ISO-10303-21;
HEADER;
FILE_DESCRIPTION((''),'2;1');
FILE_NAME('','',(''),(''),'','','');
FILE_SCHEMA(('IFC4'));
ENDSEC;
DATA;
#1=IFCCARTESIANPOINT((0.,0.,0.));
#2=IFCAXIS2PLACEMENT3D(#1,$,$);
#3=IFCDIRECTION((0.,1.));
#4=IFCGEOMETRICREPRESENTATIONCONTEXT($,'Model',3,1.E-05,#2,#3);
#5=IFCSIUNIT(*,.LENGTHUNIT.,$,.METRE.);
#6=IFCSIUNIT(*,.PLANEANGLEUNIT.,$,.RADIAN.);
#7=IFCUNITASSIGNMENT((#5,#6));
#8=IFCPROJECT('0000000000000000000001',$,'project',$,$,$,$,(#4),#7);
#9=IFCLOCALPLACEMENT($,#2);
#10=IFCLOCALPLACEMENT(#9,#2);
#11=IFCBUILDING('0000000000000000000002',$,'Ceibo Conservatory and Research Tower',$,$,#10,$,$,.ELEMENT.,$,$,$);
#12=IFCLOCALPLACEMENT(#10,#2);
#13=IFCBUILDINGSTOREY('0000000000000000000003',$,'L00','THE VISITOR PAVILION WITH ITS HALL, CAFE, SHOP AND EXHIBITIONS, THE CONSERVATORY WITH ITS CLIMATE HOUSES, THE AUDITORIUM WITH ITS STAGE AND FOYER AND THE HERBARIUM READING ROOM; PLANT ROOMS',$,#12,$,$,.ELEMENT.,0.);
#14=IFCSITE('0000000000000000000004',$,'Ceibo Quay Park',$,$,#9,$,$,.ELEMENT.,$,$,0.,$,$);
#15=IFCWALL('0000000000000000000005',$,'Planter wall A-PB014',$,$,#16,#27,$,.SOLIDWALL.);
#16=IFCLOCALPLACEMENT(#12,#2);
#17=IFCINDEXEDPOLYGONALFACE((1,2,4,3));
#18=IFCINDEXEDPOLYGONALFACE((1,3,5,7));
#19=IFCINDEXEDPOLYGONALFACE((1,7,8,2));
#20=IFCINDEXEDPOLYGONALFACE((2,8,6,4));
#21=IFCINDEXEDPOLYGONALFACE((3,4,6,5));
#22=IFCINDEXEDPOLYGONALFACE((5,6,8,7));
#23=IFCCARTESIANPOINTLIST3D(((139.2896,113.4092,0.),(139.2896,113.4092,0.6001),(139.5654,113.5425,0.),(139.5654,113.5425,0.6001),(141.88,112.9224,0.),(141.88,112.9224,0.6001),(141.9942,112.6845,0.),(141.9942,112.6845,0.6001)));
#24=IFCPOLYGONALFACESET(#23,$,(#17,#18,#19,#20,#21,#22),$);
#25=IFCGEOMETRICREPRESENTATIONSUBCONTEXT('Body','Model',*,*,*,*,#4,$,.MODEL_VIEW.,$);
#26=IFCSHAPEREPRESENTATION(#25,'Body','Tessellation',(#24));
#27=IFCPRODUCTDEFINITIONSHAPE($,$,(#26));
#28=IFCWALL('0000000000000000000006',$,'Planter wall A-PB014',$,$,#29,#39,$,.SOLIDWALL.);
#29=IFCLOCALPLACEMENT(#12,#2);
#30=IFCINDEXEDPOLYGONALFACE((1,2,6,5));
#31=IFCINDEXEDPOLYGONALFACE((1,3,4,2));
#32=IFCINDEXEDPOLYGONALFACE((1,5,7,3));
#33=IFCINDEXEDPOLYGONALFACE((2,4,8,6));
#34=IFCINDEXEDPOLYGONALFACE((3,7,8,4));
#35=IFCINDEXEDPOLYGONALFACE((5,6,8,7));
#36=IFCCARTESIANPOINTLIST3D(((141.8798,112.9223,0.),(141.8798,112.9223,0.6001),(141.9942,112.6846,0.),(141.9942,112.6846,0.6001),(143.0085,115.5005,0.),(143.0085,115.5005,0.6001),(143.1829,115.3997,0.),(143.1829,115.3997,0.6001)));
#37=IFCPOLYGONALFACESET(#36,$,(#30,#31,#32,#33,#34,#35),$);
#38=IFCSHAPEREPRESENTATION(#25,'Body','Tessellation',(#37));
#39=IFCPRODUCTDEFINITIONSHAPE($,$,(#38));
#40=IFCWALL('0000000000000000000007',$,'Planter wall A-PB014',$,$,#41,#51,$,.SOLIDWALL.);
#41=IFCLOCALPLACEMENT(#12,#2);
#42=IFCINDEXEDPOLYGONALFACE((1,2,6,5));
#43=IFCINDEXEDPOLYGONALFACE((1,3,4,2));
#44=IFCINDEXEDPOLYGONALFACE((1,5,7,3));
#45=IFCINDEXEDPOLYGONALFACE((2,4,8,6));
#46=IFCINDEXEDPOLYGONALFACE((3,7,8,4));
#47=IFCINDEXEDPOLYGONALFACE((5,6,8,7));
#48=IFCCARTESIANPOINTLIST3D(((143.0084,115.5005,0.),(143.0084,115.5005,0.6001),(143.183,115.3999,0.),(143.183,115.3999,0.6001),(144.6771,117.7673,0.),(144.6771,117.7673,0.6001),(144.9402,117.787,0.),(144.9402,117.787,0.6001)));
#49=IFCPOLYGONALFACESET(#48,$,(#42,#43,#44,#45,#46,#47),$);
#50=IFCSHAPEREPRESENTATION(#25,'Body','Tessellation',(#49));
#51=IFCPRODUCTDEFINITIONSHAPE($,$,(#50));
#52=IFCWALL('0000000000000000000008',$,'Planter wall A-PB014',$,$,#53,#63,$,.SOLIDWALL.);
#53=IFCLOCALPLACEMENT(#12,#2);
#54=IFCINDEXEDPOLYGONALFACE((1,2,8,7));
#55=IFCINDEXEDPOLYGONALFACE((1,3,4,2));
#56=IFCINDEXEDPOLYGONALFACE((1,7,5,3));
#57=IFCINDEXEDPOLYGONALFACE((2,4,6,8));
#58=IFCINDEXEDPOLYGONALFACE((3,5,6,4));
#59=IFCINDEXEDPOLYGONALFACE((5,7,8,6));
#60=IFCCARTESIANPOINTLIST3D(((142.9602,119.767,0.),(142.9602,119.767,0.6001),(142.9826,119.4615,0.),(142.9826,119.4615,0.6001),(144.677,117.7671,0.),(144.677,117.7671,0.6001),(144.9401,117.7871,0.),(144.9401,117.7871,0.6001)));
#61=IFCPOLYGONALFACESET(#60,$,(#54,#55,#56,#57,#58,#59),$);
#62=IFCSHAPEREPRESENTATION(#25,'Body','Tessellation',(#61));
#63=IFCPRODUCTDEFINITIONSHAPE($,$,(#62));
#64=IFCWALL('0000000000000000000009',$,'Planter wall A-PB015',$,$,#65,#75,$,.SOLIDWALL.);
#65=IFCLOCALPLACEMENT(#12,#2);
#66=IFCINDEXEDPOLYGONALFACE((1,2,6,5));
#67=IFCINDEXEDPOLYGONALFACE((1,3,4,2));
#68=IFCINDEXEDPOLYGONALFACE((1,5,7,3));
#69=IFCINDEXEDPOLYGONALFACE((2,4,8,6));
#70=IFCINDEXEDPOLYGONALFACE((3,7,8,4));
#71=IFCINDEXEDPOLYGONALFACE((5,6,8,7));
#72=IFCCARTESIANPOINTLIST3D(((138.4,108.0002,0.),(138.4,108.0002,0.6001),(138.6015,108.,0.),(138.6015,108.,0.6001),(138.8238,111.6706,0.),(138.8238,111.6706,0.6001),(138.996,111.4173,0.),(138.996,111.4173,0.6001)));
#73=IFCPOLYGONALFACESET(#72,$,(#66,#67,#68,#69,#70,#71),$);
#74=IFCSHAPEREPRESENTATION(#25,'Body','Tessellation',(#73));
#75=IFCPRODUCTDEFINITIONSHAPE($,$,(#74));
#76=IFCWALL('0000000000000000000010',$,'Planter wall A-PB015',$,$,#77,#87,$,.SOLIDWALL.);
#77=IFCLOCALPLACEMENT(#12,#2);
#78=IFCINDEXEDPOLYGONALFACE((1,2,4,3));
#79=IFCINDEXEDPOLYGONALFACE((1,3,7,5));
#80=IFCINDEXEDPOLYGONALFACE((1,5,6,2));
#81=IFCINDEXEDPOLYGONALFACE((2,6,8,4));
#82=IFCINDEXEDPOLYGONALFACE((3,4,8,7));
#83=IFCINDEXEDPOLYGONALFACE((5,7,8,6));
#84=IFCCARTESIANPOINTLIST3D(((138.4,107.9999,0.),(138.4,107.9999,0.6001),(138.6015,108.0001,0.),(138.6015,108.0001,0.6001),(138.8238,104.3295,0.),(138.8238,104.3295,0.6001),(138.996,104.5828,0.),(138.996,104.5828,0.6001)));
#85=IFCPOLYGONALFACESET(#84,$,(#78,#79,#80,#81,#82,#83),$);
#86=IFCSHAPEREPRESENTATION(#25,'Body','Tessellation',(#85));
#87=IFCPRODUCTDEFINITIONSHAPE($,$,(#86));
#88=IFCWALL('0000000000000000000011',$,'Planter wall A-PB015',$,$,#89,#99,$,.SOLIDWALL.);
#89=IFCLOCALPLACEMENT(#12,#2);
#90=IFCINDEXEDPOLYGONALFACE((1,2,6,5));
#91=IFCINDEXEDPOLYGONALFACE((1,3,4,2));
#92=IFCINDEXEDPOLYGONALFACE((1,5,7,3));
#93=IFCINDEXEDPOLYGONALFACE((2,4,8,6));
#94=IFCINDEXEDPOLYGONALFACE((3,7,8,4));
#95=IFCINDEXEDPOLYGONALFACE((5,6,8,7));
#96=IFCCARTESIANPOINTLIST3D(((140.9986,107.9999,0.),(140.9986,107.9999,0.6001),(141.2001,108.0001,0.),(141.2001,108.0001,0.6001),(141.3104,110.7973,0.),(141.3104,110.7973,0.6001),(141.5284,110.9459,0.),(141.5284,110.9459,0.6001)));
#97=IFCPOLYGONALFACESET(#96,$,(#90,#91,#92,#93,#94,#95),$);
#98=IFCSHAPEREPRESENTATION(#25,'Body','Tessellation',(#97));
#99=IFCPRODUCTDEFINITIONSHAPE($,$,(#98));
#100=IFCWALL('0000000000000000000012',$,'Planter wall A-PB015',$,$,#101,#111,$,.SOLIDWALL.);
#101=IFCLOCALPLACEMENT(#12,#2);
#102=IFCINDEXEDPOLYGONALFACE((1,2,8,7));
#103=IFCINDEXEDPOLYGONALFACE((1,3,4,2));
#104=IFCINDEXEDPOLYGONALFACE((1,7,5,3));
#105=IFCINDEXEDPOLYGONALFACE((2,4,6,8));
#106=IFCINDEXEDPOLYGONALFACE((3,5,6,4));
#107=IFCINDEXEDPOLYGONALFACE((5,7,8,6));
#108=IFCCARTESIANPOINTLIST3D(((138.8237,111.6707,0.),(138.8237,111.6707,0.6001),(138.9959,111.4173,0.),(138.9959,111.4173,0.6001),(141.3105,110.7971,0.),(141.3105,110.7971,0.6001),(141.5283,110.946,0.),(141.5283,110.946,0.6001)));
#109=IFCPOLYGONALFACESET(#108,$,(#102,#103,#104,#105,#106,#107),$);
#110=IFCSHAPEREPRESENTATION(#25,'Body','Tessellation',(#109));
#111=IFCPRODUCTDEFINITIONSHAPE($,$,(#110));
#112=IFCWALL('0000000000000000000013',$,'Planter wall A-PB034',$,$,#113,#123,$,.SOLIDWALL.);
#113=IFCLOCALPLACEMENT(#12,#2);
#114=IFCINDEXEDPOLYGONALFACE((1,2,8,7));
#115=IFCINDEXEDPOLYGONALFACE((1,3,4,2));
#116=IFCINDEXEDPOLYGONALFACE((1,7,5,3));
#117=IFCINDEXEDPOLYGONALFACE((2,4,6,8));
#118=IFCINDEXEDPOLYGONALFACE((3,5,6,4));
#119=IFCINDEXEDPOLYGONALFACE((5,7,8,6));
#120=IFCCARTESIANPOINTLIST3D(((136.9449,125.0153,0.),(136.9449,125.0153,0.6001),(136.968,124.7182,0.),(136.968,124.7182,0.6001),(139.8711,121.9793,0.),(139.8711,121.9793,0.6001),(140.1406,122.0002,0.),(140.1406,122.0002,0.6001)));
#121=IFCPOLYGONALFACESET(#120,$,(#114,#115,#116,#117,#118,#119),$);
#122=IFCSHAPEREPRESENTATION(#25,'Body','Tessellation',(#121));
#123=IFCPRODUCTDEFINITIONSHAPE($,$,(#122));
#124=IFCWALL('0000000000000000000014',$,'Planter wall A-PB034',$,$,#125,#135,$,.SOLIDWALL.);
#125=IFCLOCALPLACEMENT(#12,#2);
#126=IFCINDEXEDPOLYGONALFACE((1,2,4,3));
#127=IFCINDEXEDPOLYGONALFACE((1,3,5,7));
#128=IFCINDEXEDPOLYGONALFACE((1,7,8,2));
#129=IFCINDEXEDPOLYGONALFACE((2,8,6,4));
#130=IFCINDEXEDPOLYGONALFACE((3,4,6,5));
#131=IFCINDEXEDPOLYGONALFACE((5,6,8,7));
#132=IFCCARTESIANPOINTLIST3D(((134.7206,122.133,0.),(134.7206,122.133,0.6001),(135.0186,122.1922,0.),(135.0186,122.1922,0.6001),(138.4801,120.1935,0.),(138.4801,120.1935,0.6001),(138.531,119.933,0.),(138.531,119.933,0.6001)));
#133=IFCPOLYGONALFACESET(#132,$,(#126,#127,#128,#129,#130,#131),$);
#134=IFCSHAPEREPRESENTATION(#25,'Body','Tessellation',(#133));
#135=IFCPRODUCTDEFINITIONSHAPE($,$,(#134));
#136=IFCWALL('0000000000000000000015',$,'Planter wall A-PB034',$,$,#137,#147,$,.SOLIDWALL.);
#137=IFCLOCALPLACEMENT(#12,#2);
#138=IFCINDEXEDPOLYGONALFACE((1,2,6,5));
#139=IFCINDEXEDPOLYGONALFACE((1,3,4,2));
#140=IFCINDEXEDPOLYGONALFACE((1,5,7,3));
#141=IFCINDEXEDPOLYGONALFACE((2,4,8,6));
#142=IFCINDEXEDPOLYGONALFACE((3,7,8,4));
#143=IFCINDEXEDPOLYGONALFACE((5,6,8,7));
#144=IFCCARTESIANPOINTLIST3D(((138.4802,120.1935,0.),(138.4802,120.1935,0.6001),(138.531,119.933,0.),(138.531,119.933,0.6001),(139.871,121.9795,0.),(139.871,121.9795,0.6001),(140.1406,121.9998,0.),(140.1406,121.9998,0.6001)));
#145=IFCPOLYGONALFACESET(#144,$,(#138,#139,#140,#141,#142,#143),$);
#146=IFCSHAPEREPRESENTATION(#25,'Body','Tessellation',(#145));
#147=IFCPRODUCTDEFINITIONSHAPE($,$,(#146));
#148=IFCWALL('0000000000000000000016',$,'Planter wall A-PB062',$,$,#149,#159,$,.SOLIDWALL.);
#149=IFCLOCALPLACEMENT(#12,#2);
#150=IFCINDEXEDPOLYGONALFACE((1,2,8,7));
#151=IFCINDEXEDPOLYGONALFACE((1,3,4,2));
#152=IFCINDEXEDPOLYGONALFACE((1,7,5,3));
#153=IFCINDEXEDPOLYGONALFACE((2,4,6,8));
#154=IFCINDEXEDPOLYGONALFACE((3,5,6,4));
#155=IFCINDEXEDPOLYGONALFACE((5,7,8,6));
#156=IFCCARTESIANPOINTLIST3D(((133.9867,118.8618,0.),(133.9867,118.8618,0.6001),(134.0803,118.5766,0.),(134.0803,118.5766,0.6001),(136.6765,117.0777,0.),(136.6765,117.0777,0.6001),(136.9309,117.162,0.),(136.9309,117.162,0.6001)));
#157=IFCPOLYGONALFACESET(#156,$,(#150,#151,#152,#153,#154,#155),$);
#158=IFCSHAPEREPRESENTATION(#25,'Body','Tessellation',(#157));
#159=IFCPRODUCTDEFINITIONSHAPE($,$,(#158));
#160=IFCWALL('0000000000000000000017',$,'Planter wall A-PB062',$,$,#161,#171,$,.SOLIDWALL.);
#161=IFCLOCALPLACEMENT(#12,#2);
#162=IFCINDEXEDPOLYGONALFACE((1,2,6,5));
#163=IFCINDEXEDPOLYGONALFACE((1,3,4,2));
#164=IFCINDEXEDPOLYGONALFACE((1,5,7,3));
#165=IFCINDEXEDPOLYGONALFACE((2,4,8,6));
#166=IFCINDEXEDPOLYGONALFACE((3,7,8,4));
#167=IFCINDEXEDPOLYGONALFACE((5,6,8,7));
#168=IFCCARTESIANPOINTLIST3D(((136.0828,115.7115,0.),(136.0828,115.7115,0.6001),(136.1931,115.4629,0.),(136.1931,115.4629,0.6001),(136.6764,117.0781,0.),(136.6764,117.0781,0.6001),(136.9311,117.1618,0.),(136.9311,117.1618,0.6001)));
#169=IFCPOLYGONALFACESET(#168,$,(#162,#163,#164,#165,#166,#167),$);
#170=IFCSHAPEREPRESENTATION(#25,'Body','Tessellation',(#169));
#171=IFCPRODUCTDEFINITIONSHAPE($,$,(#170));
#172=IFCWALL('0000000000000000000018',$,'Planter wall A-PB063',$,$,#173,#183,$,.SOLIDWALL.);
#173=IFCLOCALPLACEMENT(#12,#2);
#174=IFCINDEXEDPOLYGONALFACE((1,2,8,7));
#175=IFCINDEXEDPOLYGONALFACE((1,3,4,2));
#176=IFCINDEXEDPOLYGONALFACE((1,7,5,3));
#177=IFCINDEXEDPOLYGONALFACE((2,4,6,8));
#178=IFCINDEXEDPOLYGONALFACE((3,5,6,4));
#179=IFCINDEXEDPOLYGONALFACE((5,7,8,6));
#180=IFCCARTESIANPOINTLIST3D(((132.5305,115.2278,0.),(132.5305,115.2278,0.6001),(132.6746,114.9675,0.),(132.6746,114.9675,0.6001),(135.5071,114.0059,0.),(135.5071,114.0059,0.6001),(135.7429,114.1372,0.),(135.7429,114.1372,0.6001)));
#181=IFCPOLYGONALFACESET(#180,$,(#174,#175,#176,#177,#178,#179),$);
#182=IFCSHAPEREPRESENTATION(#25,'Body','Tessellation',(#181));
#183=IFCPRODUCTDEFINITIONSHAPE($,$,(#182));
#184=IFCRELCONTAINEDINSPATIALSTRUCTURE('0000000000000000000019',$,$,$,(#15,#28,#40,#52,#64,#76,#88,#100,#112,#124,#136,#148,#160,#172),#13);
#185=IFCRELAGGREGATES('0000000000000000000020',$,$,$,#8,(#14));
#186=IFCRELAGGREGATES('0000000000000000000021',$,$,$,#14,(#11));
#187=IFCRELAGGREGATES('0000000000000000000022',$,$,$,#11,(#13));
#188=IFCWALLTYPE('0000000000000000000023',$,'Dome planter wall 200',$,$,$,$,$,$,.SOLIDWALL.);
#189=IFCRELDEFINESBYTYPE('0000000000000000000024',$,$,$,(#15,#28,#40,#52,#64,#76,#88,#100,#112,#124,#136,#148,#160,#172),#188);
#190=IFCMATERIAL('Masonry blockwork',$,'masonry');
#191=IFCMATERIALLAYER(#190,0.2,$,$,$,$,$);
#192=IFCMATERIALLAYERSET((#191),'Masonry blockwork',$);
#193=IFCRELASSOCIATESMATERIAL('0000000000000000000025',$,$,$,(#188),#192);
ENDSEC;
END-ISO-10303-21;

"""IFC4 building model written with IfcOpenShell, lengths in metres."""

from ifc_helpers import new_model, si_unit, direction, frame, origin, place, context, subcontext, project, spatial, polyline, outline, extrude, material, layer, layer_set, type_object, element, save


model = new_model("IFC4")

# Units and contexts
model_context = context("Model", 3, precision=1e-05, world=origin(), true_north=direction((0.0, 1.0)))
body_context = subcontext(model_context, "Body", "Model", "MODEL_VIEW")
ifc_project = project(units=[si_unit("LENGTHUNIT", "METRE"), si_unit("PLANEANGLEUNIT", "RADIAN")], contexts=[model_context])

# Site, building, storey
site_placement = place(None, origin())
site = spatial("IfcSite", under=ifc_project, at=site_placement, Name="Ceibo Quay Park", CompositionType="ELEMENT", RefElevation=0.0)
building_placement = place(site_placement, origin())
building = spatial("IfcBuilding", under=site, at=building_placement, Name="Ceibo Conservatory and Research Tower", CompositionType="ELEMENT")
storey_placement = place(building_placement, origin())
storey = spatial("IfcBuildingStorey", under=building, at=storey_placement, Name="L00", Description="THE VISITOR PAVILION WITH ITS HALL, CAFE, SHOP AND EXHIBITIONS, THE CONSERVATORY WITH ITS CLIMATE HOUSES, THE AUDITORIUM WITH ITS STAGE AND FOYER AND THE HERBARIUM READING ROOM; PLANT ROOMS", CompositionType="ELEMENT", Elevation=0.0)

# Walls
ifc_material_1 = material(Name="Masonry blockwork", Category="masonry")
ifc_layer_1 = layer(ifc_material_1, 0.2)
ifc_layer_set_1 = layer_set([ifc_layer_1], Name="Masonry blockwork")
wall_type_1 = type_object("IfcWallType", Name="Dome planter wall 200", PredefinedType="SOLIDWALL", material=ifc_layer_set_1)
wall_1_placement = place(storey_placement, frame((139.4275, 113.4758, 0.0), z_axis=(0.0, 0.0, 1.0), x_axis=(0.965932, -0.258797, 0.0)))
element("IfcWall", 1, at=wall_1_placement, inside=storey, type_object=wall_type_1, Name="Planter wall A-PB014", PredefinedType="SOLIDWALL", context=body_context, shape_type="SweptSolid", body=[
    extrude(outline(polyline([(-0.116, -0.1001), (2.6841, -0.1001), (2.5122, 0.1001), (0.116, 0.1001), (-0.116, -0.1001)])), origin(), (0.0, 0.0, 1.0), 0.6001),
])
wall_2_placement = place(storey_placement, frame((141.937, 112.8035, 0.0), z_axis=(0.0, 0.0, 1.0), x_axis=(0.401036, 0.916062, 0.0)))
element("IfcWall", 2, at=wall_2_placement, inside=storey, type_object=wall_type_1, Name="Planter wall A-PB014", PredefinedType="SOLIDWALL", context=body_context, shape_type="SweptSolid", body=[
    extrude(outline(polyline([(-0.0859, -0.1001), (2.8779, -0.1001), (2.9004, 0.1001), (0.0859, 0.1001), (-0.0859, -0.1001)])), origin(), (0.0, 0.0, 1.0), 0.6001),
])
wall_3_placement = place(storey_placement, frame((143.0957, 115.4502, 0.0), z_axis=(0.0, 0.0, 1.0), x_axis=(0.592824, 0.805332, 0.0)))
element("IfcWall", 3, at=wall_3_placement, inside=storey, type_object=wall_type_1, Name="Planter wall A-PB014", PredefinedType="SOLIDWALL", context=body_context, shape_type="SweptSolid", body=[
    extrude(outline(polyline([(0.0112, -0.1001), (2.9753, -0.1001), (2.8035, 0.1001), (-0.0112, 0.1001), (0.0112, -0.1001)])), origin(), (0.0, 0.0, 1.0), 0.6001),
])
wall_4_placement = place(storey_placement, frame((144.8086, 117.7771, 0.0), z_axis=(0.0, 0.0, 1.0), x_axis=(-0.707107, 0.707107, 0.0)))
element("IfcWall", 4, at=wall_4_placement, inside=storey, type_object=wall_type_1, Name="Planter wall A-PB014", PredefinedType="SOLIDWALL", context=body_context, shape_type="SweptSolid", body=[
    extrude(outline(polyline([(-0.0859, -0.1001), (2.7141, -0.1001), (2.4822, 0.1001), (0.0859, 0.1001), (-0.0859, -0.1001)])), origin(), (0.0, 0.0, 1.0), 0.6001),
])
wall_5_placement = place(storey_placement, frame((138.9099, 111.5439, 0.0), z_axis=(0.0, 0.0, 1.0), x_axis=(-0.114697, -0.993401, 0.0)))
element("IfcWall", 5, at=wall_5_placement, inside=storey, type_object=wall_type_1, Name="Planter wall A-PB015", PredefinedType="SOLIDWALL", context=body_context, shape_type="SweptSolid", body=[
    extrude(outline(polyline([(-0.116, -0.1001), (3.5789, -0.1001), (3.5559, 0.1001), (0.116, 0.1001), (-0.116, -0.1001)])), origin(), (0.0, 0.0, 1.0), 0.6001),
])
wall_6_placement = place(storey_placement, frame((138.5007, 108.0, 0.0), z_axis=(0.0, 0.0, 1.0), x_axis=(0.114697, -0.993401, 0.0)))
element("IfcWall", 6, at=wall_6_placement, inside=storey, type_object=wall_type_1, Name="Planter wall A-PB015", PredefinedType="SOLIDWALL", context=body_context, shape_type="SweptSolid", body=[
    extrude(outline(polyline([(-0.0115, -0.1001), (3.6833, -0.1001), (3.4514, 0.1001), (0.0115, 0.1001), (-0.0115, -0.1001)])), origin(), (0.0, 0.0, 1.0), 0.6001),
])
wall_7_placement = place(storey_placement, frame((141.0994, 108.0, 0.0), z_axis=(0.0, 0.0, 1.0), x_axis=(0.110775, 0.993846, 0.0)))
element("IfcWall", 7, at=wall_7_placement, inside=storey, type_object=wall_type_1, Name="Planter wall A-PB015", PredefinedType="SOLIDWALL", context=body_context, shape_type="SweptSolid", body=[
    extrude(outline(polyline([(0.0112, -0.1001), (2.9753, -0.1001), (2.8035, 0.1001), (-0.0112, 0.1001), (0.0112, -0.1001)])), origin(), (0.0, 0.0, 1.0), 0.6001),
])
wall_8_placement = place(storey_placement, frame((141.4194, 110.8716, 0.0), z_axis=(0.0, 0.0, 1.0), x_axis=(-0.965932, 0.258797, 0.0)))
element("IfcWall", 8, at=wall_8_placement, inside=storey, type_object=wall_type_1, Name="Planter wall A-PB015", PredefinedType="SOLIDWALL", context=body_context, shape_type="SweptSolid", body=[
    extrude(outline(polyline([(-0.0859, -0.1001), (2.7141, -0.1001), (2.4822, 0.1001), (0.0859, 0.1001), (-0.0859, -0.1001)])), origin(), (0.0, 0.0, 1.0), 0.6001),
])
wall_9_placement = place(storey_placement, frame((140.0059, 121.9897, 0.0), z_axis=(0.0, 0.0, 1.0), x_axis=(-0.727365, 0.686251, 0.0)))
element("IfcWall", 9, at=wall_9_placement, inside=storey, type_object=wall_type_1, Name="Planter wall A-PB034", PredefinedType="SOLIDWALL", context=body_context, shape_type="SweptSolid", body=[
    extrude(outline(polyline([(-0.0908, -0.1001), (4.3027, -0.1001), (4.082, 0.1001), (0.0908, 0.1001), (-0.0908, -0.1001)])), origin(), (0.0, 0.0, 1.0), 0.6001),
])
wall_10_placement = place(storey_placement, frame((134.8696, 122.1626, 0.0), z_axis=(0.0, 0.0, 1.0), x_axis=(0.866012, -0.500023, 0.0)))
element("IfcWall", 10, at=wall_10_placement, inside=storey, type_object=wall_type_1, Name="Planter wall A-PB034", PredefinedType="SOLIDWALL", context=body_context, shape_type="SweptSolid", body=[
    extrude(outline(polyline([(-0.1143, -0.1001), (4.2856, -0.1001), (4.1113, 0.1001), (0.1143, 0.1001), (-0.1143, -0.1001)])), origin(), (0.0, 0.0, 1.0), 0.6001),
])
wall_11_placement = place(storey_placement, frame((138.5056, 120.0632, 0.0), z_axis=(0.0, 0.0, 1.0), x_axis=(0.614411, 0.788986, 0.0)))
element("IfcWall", 11, at=wall_11_placement, inside=storey, type_object=wall_type_1, Name="Planter wall A-PB034", PredefinedType="SOLIDWALL", context=body_context, shape_type="SweptSolid", body=[
    extrude(outline(polyline([(-0.0872, -0.1001), (2.5325, -0.1001), (2.3508, 0.1001), (0.0872, 0.1001), (-0.0872, -0.1001)])), origin(), (0.0, 0.0, 1.0), 0.6001),
])
wall_12_placement = place(storey_placement, frame((136.8037, 117.1199, 0.0), z_axis=(0.0, 0.0, 1.0), x_axis=(-0.866032, 0.499989, 0.0)))
element("IfcWall", 12, at=wall_12_placement, inside=storey, type_object=wall_type_1, Name="Planter wall A-PB062", PredefinedType="SOLIDWALL", context=body_context, shape_type="SweptSolid", body=[
    extrude(outline(polyline([(-0.0891, -0.1001), (3.3105, -0.1001), (3.0869, 0.1001), (0.0891, 0.1001), (-0.0891, -0.1001)])), origin(), (0.0, 0.0, 1.0), 0.6001),
])
wall_13_placement = place(storey_placement, frame((136.1379, 115.5872, 0.0), z_axis=(0.0, 0.0, 1.0), x_axis=(0.398411, 0.917207, 0.0)))
element("IfcWall", 13, at=wall_13_placement, inside=storey, type_object=wall_type_1, Name="Planter wall A-PB062", PredefinedType="SOLIDWALL", context=body_context, shape_type="SweptSolid", body=[
    extrude(outline(polyline([(-0.092, -0.1001), (1.7603, -0.1001), (1.582, 0.1001), (0.092, 0.1001), (-0.092, -0.1001)])), origin(), (0.0, 0.0, 1.0), 0.6001),
])
wall_14_placement = place(storey_placement, frame((135.625, 114.0715, 0.0), z_axis=(0.0, 0.0, 1.0), x_axis=(-0.946917, 0.321478, 0.0)))
element("IfcWall", 14, at=wall_14_placement, inside=storey, type_object=wall_type_1, Name="Planter wall A-PB063", PredefinedType="SOLIDWALL", context=body_context, shape_type="SweptSolid", body=[
    extrude(outline(polyline([(-0.0906, -0.1001), (3.302, -0.1001), (3.0818, 0.1001), (0.0906, 0.1001), (-0.0906, -0.1001)])), origin(), (0.0, 0.0, 1.0), 0.6001),
])

save(model, "model.ifc")
